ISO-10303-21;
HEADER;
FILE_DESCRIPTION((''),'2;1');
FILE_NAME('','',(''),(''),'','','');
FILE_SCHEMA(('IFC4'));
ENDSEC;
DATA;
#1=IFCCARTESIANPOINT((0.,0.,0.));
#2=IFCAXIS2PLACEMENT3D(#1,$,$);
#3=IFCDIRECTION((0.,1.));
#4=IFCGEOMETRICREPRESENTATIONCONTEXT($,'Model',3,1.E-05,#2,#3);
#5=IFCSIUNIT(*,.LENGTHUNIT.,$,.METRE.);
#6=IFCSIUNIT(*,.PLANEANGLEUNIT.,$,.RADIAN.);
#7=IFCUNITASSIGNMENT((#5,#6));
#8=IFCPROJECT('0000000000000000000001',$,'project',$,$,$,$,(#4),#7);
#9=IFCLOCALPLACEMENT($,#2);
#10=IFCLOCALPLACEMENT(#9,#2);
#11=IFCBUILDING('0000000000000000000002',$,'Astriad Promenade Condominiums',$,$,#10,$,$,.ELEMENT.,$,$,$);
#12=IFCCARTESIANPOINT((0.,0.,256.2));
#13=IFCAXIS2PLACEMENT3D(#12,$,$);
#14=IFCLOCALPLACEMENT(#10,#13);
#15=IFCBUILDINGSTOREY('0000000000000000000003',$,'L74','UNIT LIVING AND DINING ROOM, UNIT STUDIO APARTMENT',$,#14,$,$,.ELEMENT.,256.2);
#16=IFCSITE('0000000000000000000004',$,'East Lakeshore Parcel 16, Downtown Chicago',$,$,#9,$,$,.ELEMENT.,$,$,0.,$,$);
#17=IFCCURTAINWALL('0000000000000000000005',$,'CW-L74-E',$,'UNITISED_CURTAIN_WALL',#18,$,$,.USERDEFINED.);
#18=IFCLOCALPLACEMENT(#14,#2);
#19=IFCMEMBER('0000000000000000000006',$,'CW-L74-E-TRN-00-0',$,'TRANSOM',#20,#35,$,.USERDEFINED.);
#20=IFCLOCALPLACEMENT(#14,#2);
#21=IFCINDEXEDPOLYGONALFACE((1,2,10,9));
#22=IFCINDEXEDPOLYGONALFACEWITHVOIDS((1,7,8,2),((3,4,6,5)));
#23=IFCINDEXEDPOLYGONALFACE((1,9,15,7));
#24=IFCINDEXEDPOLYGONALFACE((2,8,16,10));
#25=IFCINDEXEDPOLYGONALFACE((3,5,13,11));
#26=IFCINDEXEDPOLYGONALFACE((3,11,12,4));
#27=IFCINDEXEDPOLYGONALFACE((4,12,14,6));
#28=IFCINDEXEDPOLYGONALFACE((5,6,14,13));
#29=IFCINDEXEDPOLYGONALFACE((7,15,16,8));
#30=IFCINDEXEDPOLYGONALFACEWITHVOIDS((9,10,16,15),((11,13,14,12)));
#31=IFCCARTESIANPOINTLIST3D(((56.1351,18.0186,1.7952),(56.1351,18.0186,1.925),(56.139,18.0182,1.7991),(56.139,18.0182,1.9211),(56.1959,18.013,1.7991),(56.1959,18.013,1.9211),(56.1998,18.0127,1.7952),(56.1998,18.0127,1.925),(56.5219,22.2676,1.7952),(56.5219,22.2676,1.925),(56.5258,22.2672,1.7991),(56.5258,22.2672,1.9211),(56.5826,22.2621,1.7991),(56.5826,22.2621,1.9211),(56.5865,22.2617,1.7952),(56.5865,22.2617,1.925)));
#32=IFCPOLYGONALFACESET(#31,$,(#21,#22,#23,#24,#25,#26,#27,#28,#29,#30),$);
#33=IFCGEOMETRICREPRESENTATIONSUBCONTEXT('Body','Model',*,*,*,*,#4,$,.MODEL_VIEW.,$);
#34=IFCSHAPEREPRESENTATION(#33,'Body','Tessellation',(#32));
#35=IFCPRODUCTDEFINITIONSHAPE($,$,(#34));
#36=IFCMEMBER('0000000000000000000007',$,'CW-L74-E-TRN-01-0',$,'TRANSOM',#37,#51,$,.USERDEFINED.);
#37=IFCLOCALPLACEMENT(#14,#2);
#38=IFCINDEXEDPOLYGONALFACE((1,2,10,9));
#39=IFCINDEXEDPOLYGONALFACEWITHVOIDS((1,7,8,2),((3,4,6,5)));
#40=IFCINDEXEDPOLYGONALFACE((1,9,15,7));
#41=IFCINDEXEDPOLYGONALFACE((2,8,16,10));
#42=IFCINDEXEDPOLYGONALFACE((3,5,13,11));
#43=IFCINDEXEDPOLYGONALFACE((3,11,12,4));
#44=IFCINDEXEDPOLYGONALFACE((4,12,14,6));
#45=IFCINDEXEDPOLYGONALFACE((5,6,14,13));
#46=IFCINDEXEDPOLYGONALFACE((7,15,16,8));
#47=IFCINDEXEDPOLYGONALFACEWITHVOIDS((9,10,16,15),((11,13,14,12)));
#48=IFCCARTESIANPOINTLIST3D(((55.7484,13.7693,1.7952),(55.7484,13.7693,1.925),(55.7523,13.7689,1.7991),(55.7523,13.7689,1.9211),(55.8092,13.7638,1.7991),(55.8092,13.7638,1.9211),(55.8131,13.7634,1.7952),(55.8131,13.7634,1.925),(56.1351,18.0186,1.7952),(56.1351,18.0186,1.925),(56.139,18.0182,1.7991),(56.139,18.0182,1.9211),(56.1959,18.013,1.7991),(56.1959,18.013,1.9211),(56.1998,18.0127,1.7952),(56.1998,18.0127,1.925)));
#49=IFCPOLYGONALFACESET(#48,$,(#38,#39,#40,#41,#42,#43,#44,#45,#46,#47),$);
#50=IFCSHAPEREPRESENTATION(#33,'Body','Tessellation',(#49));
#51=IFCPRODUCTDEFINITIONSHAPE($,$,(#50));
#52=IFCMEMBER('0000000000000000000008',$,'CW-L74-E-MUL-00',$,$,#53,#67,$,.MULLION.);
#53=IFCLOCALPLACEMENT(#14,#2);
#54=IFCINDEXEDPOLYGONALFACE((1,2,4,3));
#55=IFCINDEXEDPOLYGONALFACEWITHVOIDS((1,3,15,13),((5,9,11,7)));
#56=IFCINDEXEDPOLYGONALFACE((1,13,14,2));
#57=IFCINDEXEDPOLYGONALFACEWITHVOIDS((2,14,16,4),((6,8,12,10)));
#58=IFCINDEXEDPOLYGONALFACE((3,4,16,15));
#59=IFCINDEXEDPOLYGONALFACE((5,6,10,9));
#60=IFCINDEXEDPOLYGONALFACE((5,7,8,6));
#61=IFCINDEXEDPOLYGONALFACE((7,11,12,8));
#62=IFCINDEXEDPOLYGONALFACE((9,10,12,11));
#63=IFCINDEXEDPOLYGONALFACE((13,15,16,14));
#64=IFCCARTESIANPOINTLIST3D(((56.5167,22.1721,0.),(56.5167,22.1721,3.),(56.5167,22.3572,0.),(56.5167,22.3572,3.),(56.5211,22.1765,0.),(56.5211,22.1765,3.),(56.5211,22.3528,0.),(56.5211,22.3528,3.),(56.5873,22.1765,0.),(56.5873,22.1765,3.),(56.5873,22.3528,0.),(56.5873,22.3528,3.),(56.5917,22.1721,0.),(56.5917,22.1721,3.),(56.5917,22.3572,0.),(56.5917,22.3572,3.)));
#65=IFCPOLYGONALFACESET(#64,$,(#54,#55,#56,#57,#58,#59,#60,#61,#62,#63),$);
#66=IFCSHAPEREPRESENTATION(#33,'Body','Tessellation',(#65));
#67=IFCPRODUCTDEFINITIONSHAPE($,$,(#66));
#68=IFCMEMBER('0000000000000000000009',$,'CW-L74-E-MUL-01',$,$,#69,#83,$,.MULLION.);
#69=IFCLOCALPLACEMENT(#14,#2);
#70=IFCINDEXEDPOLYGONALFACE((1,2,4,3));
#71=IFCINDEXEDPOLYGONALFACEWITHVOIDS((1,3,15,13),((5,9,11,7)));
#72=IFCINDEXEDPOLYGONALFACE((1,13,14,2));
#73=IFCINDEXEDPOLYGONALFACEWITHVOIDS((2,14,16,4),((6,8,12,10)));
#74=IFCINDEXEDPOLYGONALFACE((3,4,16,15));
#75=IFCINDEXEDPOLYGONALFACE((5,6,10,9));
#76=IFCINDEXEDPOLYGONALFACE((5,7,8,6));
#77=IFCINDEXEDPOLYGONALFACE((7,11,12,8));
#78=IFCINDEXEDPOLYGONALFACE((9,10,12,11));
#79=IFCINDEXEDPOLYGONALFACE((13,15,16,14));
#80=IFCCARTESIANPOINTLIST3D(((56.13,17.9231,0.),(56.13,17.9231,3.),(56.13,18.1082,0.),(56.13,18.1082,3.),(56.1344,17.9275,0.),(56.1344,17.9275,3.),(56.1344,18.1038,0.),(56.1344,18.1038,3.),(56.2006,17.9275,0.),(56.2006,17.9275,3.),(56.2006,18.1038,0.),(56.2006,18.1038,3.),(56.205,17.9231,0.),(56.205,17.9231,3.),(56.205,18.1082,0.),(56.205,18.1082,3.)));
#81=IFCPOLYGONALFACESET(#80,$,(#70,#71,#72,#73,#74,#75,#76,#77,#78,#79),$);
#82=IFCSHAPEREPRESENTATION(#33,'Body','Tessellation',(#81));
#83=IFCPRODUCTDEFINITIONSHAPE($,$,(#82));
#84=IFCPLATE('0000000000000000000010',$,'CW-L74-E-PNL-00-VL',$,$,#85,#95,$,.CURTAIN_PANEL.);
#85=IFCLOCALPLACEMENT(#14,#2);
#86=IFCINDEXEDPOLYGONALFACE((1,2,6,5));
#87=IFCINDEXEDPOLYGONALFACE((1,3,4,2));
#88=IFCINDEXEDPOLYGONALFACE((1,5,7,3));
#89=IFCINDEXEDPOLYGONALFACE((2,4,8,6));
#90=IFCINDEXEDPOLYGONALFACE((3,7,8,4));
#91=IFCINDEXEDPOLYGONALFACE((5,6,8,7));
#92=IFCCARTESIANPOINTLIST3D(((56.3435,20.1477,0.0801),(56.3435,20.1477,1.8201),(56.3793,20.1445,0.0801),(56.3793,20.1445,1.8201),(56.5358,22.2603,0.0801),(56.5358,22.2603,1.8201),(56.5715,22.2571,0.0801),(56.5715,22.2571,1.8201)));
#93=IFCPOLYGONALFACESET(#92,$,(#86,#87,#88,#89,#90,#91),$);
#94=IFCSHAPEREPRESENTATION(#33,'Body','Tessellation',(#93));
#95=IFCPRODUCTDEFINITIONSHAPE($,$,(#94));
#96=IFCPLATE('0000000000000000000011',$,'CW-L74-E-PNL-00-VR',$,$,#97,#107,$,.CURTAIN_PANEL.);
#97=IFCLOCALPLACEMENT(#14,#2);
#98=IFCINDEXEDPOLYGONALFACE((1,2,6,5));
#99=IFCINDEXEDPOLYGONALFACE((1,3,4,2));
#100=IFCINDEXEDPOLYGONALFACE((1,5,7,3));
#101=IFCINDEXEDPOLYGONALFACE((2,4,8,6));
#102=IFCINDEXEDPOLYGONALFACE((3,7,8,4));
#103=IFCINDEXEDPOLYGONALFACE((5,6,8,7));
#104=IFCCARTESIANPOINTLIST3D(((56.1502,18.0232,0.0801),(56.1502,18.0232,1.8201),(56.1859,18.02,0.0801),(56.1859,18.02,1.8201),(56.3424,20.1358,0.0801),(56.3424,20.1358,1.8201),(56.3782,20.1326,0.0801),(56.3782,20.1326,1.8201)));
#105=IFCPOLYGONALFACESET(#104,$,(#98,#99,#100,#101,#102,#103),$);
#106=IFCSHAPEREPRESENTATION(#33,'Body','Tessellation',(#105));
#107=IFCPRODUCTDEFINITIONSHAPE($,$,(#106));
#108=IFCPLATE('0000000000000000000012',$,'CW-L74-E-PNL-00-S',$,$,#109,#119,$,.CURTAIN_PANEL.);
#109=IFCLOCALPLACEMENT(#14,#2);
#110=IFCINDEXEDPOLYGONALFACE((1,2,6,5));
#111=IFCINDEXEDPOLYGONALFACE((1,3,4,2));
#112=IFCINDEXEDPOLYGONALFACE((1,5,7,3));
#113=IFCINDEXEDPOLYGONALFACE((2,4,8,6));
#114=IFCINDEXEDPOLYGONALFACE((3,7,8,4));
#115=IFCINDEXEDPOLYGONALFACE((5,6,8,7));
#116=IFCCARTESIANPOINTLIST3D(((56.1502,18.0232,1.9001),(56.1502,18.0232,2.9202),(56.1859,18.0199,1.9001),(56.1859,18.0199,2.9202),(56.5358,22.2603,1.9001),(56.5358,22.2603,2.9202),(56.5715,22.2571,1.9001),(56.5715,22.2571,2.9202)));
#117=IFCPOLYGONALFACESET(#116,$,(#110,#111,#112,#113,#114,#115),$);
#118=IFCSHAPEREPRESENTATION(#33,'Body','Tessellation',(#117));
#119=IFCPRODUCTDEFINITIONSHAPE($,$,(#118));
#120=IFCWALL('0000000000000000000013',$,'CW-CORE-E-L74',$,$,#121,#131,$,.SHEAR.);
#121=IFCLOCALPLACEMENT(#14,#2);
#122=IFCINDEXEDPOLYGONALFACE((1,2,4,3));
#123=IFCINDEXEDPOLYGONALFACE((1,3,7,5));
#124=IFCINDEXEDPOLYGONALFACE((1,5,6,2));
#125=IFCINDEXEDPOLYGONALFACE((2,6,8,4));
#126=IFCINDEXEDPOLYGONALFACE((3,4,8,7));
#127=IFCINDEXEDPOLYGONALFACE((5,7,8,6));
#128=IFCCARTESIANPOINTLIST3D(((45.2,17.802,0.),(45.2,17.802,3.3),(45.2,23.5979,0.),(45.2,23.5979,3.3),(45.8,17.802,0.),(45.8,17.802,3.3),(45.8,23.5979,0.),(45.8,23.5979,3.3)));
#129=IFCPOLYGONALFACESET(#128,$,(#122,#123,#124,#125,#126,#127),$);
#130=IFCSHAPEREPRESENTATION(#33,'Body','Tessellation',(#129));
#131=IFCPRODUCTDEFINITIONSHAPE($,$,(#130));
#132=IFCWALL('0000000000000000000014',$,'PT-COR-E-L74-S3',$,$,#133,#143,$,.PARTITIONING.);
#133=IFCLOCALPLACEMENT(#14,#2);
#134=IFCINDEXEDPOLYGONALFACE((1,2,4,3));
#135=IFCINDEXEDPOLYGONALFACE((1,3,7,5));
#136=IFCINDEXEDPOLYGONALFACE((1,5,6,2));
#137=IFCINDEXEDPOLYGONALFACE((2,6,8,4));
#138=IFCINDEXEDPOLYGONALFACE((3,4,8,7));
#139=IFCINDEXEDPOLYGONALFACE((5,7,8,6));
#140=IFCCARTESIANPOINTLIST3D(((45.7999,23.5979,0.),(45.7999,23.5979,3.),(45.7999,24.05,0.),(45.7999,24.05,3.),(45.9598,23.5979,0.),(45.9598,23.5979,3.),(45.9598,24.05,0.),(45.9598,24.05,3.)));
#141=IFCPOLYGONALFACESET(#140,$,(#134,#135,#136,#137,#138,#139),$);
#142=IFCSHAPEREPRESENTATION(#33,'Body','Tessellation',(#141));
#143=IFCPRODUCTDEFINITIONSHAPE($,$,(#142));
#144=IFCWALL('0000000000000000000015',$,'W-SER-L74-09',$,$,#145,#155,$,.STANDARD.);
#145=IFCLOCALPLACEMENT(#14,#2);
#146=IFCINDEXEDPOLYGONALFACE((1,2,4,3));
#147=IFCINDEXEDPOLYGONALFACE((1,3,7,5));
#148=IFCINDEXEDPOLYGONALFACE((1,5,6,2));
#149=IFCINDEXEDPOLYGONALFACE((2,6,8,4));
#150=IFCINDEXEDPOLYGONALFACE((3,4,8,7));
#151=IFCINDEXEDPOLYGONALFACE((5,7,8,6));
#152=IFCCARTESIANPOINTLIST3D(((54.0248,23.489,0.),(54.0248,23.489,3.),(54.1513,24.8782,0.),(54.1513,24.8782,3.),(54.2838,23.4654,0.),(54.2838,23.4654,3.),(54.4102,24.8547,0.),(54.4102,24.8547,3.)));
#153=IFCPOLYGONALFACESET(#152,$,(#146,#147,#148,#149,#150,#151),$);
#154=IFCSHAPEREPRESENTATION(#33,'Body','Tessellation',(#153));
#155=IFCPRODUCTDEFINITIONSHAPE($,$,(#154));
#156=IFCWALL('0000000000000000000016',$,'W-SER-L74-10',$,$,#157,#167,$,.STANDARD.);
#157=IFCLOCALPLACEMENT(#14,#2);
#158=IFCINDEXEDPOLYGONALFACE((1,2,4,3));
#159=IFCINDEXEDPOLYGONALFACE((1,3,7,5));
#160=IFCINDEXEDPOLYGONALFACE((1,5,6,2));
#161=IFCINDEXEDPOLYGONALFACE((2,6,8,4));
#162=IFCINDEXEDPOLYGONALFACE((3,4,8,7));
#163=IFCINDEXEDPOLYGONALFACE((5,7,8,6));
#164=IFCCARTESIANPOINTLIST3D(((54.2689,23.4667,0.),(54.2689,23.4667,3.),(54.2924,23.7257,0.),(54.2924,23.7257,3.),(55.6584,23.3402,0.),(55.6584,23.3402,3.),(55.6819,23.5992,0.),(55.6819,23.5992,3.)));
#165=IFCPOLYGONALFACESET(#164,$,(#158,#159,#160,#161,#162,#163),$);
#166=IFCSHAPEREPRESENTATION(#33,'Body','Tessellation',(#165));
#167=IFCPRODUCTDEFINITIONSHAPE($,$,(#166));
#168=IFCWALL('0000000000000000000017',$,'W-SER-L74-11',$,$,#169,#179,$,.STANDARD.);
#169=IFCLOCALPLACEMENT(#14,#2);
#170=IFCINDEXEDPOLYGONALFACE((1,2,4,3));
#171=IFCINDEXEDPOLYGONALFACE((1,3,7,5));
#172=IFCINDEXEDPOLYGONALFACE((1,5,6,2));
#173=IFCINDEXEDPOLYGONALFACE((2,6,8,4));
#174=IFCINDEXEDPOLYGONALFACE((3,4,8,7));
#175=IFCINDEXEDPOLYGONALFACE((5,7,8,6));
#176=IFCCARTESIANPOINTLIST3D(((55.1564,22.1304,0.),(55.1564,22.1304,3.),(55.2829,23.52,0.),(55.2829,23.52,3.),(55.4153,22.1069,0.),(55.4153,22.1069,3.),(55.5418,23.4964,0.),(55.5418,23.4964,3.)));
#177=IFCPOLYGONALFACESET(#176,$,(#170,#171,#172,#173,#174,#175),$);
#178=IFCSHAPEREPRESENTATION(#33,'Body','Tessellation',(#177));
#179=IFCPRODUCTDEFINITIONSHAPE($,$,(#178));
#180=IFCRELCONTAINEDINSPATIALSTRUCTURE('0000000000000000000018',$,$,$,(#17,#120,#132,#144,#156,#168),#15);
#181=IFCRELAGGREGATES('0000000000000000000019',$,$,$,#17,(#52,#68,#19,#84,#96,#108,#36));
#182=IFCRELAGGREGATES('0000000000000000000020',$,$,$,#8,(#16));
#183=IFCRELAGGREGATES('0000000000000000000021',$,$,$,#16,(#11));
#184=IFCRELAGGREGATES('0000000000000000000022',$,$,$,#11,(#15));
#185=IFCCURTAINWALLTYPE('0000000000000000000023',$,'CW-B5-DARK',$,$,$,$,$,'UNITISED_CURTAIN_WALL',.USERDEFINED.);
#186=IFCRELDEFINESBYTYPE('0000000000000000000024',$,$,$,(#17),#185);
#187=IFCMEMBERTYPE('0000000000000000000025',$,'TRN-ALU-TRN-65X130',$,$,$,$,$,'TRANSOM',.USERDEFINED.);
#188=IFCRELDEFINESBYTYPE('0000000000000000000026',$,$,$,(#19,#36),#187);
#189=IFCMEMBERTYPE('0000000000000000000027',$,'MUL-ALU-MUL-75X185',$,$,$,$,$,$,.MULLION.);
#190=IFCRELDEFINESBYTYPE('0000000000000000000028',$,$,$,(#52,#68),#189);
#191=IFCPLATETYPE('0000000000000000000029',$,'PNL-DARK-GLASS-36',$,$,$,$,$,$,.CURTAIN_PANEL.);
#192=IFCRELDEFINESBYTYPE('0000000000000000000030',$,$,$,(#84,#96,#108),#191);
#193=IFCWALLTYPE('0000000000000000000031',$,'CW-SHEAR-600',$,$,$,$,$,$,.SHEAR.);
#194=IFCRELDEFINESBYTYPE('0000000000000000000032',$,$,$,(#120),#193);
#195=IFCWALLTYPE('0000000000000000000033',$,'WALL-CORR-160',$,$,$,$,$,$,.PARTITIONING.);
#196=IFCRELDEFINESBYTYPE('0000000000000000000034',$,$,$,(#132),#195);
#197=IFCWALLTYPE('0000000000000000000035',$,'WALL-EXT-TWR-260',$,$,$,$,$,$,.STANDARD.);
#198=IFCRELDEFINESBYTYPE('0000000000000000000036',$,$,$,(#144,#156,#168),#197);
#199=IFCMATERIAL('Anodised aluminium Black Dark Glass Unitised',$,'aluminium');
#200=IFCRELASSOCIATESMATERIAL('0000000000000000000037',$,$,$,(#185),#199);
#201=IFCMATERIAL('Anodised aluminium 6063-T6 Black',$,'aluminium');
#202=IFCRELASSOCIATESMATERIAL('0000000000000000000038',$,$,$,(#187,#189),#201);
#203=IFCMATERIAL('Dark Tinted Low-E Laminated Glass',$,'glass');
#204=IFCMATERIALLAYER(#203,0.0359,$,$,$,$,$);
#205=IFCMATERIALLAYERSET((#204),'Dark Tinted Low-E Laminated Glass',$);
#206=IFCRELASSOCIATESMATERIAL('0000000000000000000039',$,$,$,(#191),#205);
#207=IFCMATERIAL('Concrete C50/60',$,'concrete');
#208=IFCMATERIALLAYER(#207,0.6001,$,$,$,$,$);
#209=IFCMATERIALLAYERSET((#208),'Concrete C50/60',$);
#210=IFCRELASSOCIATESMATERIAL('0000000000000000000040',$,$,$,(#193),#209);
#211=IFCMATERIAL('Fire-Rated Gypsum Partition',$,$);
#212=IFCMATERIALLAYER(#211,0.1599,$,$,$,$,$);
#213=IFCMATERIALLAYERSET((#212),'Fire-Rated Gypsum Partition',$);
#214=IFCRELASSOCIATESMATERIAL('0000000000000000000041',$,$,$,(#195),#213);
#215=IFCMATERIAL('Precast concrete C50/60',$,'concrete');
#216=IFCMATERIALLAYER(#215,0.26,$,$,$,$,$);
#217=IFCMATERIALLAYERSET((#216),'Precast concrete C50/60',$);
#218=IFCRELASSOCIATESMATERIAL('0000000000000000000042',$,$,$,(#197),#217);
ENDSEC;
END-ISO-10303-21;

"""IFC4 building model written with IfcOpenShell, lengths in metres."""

from ifc_helpers import new_model, si_unit, direction, frame, frame_2d, origin, origin_2d, place, context, subcontext, project, spatial, rectangle, hollow_rectangle, extrude, source, transform, mapped, material, layer, layer_set, material_profile, profile_set, type_object, type_shapes, element, aggregate, save


model = new_model("IFC4")

# Units and contexts
model_context = context("Model", 3, precision=1e-05, world=origin(), true_north=direction((0.0, 1.0)))
body_context = subcontext(model_context, "Body", "Model", "MODEL_VIEW")
ifc_project = project(units=[si_unit("LENGTHUNIT", "METRE"), si_unit("PLANEANGLEUNIT", "RADIAN")], contexts=[model_context])

# Site, building, storey
site_placement = place(None, origin())
site = spatial("IfcSite", under=ifc_project, at=site_placement, Name="East Lakeshore Parcel 16, Downtown Chicago", CompositionType="ELEMENT", RefElevation=0.0)
building_placement = place(site_placement, origin())
building = spatial("IfcBuilding", under=site, at=building_placement, Name="Astriad Promenade Condominiums", CompositionType="ELEMENT")
storey_placement = place(building_placement, frame((0.0, 0.0, 256.2)))
storey = spatial("IfcBuildingStorey", under=building, at=storey_placement, Name="L74", Description="UNIT LIVING AND DINING ROOM, UNIT STUDIO APARTMENT", CompositionType="ELEMENT", Elevation=256.2)

# Shared definitions
ifc_material_1 = material(Name="Concrete C50/60", Category="concrete")

# Curtain wall, members, plates
ifc_material_2 = material(Name="Anodised aluminium Black Dark Glass Unitised", Category="aluminium")
curtain_wall_type = type_object("IfcCurtainWallType", Name="CW-B5-DARK", ElementType="UNITISED_CURTAIN_WALL", PredefinedType="USERDEFINED", material=ifc_material_2)
curtain_wall_placement = place(storey_placement, origin())
curtain_wall = element("IfcCurtainWall", 1, at=curtain_wall_placement, inside=storey, type_object=curtain_wall_type, Name="CW-L74-E", ObjectType="UNITISED_CURTAIN_WALL", PredefinedType="USERDEFINED")
ifc_material_3 = material(Name="Anodised aluminium 6063-T6 Black", Category="aluminium")
ifc_material_profile_1 = material_profile(ifc_material_3, hollow_rectangle(XDim=0.0649, YDim=0.1299, WallThickness=0.0039, at=origin_2d()), Name="ALU-TRN-65X130")
ifc_profile_set_1 = profile_set([ifc_material_profile_1], Name="Anodised aluminium 6063-T6 Black")
member_type_1 = type_object("IfcMemberType", Name="TRN-ALU-TRN-65X130", ElementType="TRANSOM", PredefinedType="USERDEFINED", material=ifc_profile_set_1)
shared_shape_1 = source(origin(), body_context, "Body", "SweptSolid", [
    extrude(hollow_rectangle(XDim=0.0649, YDim=0.1299, WallThickness=0.0039, at=origin_2d()), origin(), (0.0, 0.0, 1.0), 4.2666),
])
member_1_placement = place(storey_placement, frame((56.5542, 22.2646, 1.8601), z_axis=(-0.090639, -0.995884, 0.0), x_axis=(0.995884, -0.090639, 0.0)))
member_1 = element("IfcMember", 2, at=member_1_placement, type_object=member_type_1, Name="CW-L74-E-TRN-00-0", ObjectType="TRANSOM", PredefinedType="USERDEFINED", context=body_context, shape_type="MappedRepresentation", body=[
    mapped(shared_shape_1, transform((0.0, 0.0, 0.0), scale=1.0)),
])
shared_shape_2 = source(origin(), body_context, "Body", "SweptSolid", [
    extrude(hollow_rectangle(XDim=0.0649, YDim=0.1299, WallThickness=0.0039, at=origin_2d()), origin(), (0.0, 0.0, 1.0), 4.2668),
])
type_shapes(member_type_1, [shared_shape_1, shared_shape_2])
member_2_placement = place(storey_placement, frame((56.1675, 18.0156, 1.8601), z_axis=(-0.090634, -0.995884, 0.0), x_axis=(0.995884, -0.090634, 0.0)))
member_2 = element("IfcMember", 3, at=member_2_placement, type_object=member_type_1, Name="CW-L74-E-TRN-01-0", ObjectType="TRANSOM", PredefinedType="USERDEFINED", context=body_context, shape_type="MappedRepresentation", body=[
    mapped(shared_shape_2, transform((0.0, 0.0, 0.0), scale=1.0)),
])
ifc_material_profile_2 = material_profile(ifc_material_3, hollow_rectangle(XDim=0.075, YDim=0.1851, WallThickness=0.0044, at=origin_2d()), Name="ALU-MUL-75X185")
ifc_profile_set_2 = profile_set([ifc_material_profile_2], Name="Anodised aluminium 6063-T6 Black")
member_type_2 = type_object("IfcMemberType", Name="MUL-ALU-MUL-75X185", PredefinedType="MULLION", material=ifc_profile_set_2)
shared_shape_3 = source(origin(), body_context, "Body", "SweptSolid", [
    extrude(hollow_rectangle(XDim=0.075, YDim=0.1851, WallThickness=0.0044, at=origin_2d()), origin(), (0.0, 0.0, 1.0), 3.0),
])
type_shapes(member_type_2, [shared_shape_3])
member_3_placement = place(storey_placement, frame((56.5542, 22.2646, 0.0), z_axis=(0.0, 0.0, 1.0), x_axis=(1.0, 0.0, 0.0)))
member_3 = element("IfcMember", 4, at=member_3_placement, type_object=member_type_2, Name="CW-L74-E-MUL-00", PredefinedType="MULLION", context=body_context, shape_type="MappedRepresentation", body=[
    mapped(shared_shape_3, transform((0.0, 0.0, 0.0), scale=1.0)),
])
member_4_placement = place(storey_placement, frame((56.1675, 18.0156, 0.0), z_axis=(0.0, 0.0, 1.0), x_axis=(1.0, 0.0, 0.0)))
member_4 = element("IfcMember", 5, at=member_4_placement, type_object=member_type_2, Name="CW-L74-E-MUL-01", PredefinedType="MULLION", context=body_context, shape_type="MappedRepresentation", body=[
    mapped(shared_shape_3, transform((0.0, 0.0, 0.0), scale=1.0)),
])
ifc_material_4 = material(Name="Dark Tinted Low-E Laminated Glass", Category="glass")
ifc_layer_1 = layer(ifc_material_4, 0.0359)
ifc_layer_set_1 = layer_set([ifc_layer_1], Name="Dark Tinted Low-E Laminated Glass")
plate_type = type_object("IfcPlateType", Name="PNL-DARK-GLASS-36", PredefinedType="CURTAIN_PANEL", material=ifc_layer_set_1)
shared_shape_4 = source(origin(), body_context, "Body", "SweptSolid", [
    extrude(rectangle(XDim=2.1213, YDim=0.0359, at=origin_2d()), origin(), (0.0, 0.0, 1.0), 1.74),
])
plate_1_placement = place(storey_placement, frame((56.4575, 21.2024, 0.0801), z_axis=(0.0, 0.0, 1.0), x_axis=(-0.090633, -0.995884, 0.0)))
plate_1 = element("IfcPlate", 6, at=plate_1_placement, type_object=plate_type, Name="CW-L74-E-PNL-00-VL", PredefinedType="CURTAIN_PANEL", context=body_context, shape_type="MappedRepresentation", body=[
    mapped(shared_shape_4, transform((0.0, 0.0, 0.0), scale=1.0)),
])
plate_2_placement = place(storey_placement, frame((56.2642, 19.0779, 0.0801), z_axis=(0.0, 0.0, 1.0), x_axis=(-0.090633, -0.995884, 0.0)))
plate_2 = element("IfcPlate", 7, at=plate_2_placement, type_object=plate_type, Name="CW-L74-E-PNL-00-VR", PredefinedType="CURTAIN_PANEL", context=body_context, shape_type="MappedRepresentation", body=[
    mapped(shared_shape_4, transform((0.0, 0.0, 0.0), scale=1.0)),
])
shared_shape_5 = source(origin(), body_context, "Body", "SweptSolid", [
    extrude(rectangle(XDim=4.2546, YDim=0.0359, at=origin_2d()), origin(), (0.0, 0.0, 1.0), 1.02),
])
type_shapes(plate_type, [shared_shape_4, shared_shape_5])
plate_3_placement = place(storey_placement, frame((56.3608, 20.1401, 1.9001), z_axis=(0.0, 0.0, 1.0), x_axis=(-0.090633, -0.995884, 0.0)))
plate_3 = element("IfcPlate", 8, at=plate_3_placement, type_object=plate_type, Name="CW-L74-E-PNL-00-S", PredefinedType="CURTAIN_PANEL", context=body_context, shape_type="MappedRepresentation", body=[
    mapped(shared_shape_5, transform((0.0, 0.0, 0.0), scale=1.0)),
])
aggregate(curtain_wall, [member_3, member_4, member_1, plate_1, plate_2, plate_3, member_2])

# Walls
ifc_layer_2 = layer(ifc_material_1, 0.6001)
ifc_layer_set_2 = layer_set([ifc_layer_2], Name="Concrete C50/60")
wall_type_1 = type_object("IfcWallType", Name="CW-SHEAR-600", PredefinedType="SHEAR", material=ifc_layer_set_2)
wall_1_placement = place(storey_placement, frame((45.5, 17.802, 0.0), z_axis=(0.0, 0.0, 1.0), x_axis=(0.0, 1.0, 0.0)))
element("IfcWall", 9, at=wall_1_placement, inside=storey, type_object=wall_type_1, Name="CW-CORE-E-L74", PredefinedType="SHEAR", context=body_context, shape_type="SweptSolid", body=[
    extrude(rectangle(XDim=5.7959, YDim=0.6001, at=frame_2d((2.8979, 0.0))), origin(), (0.0, 0.0, 1.0), 3.3),
])
ifc_material_5 = material(Name="Fire-Rated Gypsum Partition")
ifc_layer_3 = layer(ifc_material_5, 0.1599)
ifc_layer_set_3 = layer_set([ifc_layer_3], Name="Fire-Rated Gypsum Partition")
wall_type_2 = type_object("IfcWallType", Name="WALL-CORR-160", PredefinedType="PARTITIONING", material=ifc_layer_set_3)
wall_2_placement = place(storey_placement, frame((45.8799, 23.5979, 0.0), z_axis=(0.0, 0.0, 1.0), x_axis=(0.0, 1.0, 0.0)))
element("IfcWall", 10, at=wall_2_placement, inside=storey, type_object=wall_type_2, Name="PT-COR-E-L74-S3", PredefinedType="PARTITIONING", context=body_context, shape_type="SweptSolid", body=[
    extrude(rectangle(XDim=0.4521, YDim=0.1599, at=frame_2d((0.2261, 0.0))), origin(), (0.0, 0.0, 1.0), 3.0),
])
ifc_material_6 = material(Name="Precast concrete C50/60", Category="concrete")
ifc_layer_4 = layer(ifc_material_6, 0.26)
ifc_layer_set_4 = layer_set([ifc_layer_4], Name="Precast concrete C50/60")
wall_type_3 = type_object("IfcWallType", Name="WALL-EXT-TWR-260", PredefinedType="STANDARD", material=ifc_layer_set_4)
wall_3_placement = place(storey_placement, frame((54.2808, 24.8665, 0.0), z_axis=(0.0, 0.0, 1.0), x_axis=(-0.090662, -0.995882, 0.0)))
element("IfcWall", 11, at=wall_3_placement, inside=storey, type_object=wall_type_3, Name="W-SER-L74-09", PredefinedType="STANDARD", context=body_context, shape_type="SweptSolid", body=[
    extrude(rectangle(XDim=1.395, YDim=0.26, at=frame_2d((0.6975, 0.0))), origin(), (0.0, 0.0, 1.0), 3.0),
])
for number, where, z_axis, x_axis, name in (
    (12, (54.2805, 23.5962, 0.0), (0.0, 0.0, 1.0), (0.995883, -0.090646, 0.0), "W-SER-L74-10"),
    (13, (55.4124, 23.5083, 0.0), (0.0, 0.0, 1.0), (-0.090646, -0.995883, 0.0), "W-SER-L74-11"),
):
    element("IfcWall", number, at=place(storey_placement, frame(where, z_axis=z_axis, x_axis=x_axis)), inside=storey, type_object=wall_type_3, Name=name, PredefinedType="STANDARD", context=body_context, shape_type="SweptSolid", body=[
        extrude(rectangle(XDim=1.3953, YDim=0.26, at=frame_2d((0.6978, 0.0))), origin(), (0.0, 0.0, 1.0), 3.0),
    ])

save(model, "model.ifc")
